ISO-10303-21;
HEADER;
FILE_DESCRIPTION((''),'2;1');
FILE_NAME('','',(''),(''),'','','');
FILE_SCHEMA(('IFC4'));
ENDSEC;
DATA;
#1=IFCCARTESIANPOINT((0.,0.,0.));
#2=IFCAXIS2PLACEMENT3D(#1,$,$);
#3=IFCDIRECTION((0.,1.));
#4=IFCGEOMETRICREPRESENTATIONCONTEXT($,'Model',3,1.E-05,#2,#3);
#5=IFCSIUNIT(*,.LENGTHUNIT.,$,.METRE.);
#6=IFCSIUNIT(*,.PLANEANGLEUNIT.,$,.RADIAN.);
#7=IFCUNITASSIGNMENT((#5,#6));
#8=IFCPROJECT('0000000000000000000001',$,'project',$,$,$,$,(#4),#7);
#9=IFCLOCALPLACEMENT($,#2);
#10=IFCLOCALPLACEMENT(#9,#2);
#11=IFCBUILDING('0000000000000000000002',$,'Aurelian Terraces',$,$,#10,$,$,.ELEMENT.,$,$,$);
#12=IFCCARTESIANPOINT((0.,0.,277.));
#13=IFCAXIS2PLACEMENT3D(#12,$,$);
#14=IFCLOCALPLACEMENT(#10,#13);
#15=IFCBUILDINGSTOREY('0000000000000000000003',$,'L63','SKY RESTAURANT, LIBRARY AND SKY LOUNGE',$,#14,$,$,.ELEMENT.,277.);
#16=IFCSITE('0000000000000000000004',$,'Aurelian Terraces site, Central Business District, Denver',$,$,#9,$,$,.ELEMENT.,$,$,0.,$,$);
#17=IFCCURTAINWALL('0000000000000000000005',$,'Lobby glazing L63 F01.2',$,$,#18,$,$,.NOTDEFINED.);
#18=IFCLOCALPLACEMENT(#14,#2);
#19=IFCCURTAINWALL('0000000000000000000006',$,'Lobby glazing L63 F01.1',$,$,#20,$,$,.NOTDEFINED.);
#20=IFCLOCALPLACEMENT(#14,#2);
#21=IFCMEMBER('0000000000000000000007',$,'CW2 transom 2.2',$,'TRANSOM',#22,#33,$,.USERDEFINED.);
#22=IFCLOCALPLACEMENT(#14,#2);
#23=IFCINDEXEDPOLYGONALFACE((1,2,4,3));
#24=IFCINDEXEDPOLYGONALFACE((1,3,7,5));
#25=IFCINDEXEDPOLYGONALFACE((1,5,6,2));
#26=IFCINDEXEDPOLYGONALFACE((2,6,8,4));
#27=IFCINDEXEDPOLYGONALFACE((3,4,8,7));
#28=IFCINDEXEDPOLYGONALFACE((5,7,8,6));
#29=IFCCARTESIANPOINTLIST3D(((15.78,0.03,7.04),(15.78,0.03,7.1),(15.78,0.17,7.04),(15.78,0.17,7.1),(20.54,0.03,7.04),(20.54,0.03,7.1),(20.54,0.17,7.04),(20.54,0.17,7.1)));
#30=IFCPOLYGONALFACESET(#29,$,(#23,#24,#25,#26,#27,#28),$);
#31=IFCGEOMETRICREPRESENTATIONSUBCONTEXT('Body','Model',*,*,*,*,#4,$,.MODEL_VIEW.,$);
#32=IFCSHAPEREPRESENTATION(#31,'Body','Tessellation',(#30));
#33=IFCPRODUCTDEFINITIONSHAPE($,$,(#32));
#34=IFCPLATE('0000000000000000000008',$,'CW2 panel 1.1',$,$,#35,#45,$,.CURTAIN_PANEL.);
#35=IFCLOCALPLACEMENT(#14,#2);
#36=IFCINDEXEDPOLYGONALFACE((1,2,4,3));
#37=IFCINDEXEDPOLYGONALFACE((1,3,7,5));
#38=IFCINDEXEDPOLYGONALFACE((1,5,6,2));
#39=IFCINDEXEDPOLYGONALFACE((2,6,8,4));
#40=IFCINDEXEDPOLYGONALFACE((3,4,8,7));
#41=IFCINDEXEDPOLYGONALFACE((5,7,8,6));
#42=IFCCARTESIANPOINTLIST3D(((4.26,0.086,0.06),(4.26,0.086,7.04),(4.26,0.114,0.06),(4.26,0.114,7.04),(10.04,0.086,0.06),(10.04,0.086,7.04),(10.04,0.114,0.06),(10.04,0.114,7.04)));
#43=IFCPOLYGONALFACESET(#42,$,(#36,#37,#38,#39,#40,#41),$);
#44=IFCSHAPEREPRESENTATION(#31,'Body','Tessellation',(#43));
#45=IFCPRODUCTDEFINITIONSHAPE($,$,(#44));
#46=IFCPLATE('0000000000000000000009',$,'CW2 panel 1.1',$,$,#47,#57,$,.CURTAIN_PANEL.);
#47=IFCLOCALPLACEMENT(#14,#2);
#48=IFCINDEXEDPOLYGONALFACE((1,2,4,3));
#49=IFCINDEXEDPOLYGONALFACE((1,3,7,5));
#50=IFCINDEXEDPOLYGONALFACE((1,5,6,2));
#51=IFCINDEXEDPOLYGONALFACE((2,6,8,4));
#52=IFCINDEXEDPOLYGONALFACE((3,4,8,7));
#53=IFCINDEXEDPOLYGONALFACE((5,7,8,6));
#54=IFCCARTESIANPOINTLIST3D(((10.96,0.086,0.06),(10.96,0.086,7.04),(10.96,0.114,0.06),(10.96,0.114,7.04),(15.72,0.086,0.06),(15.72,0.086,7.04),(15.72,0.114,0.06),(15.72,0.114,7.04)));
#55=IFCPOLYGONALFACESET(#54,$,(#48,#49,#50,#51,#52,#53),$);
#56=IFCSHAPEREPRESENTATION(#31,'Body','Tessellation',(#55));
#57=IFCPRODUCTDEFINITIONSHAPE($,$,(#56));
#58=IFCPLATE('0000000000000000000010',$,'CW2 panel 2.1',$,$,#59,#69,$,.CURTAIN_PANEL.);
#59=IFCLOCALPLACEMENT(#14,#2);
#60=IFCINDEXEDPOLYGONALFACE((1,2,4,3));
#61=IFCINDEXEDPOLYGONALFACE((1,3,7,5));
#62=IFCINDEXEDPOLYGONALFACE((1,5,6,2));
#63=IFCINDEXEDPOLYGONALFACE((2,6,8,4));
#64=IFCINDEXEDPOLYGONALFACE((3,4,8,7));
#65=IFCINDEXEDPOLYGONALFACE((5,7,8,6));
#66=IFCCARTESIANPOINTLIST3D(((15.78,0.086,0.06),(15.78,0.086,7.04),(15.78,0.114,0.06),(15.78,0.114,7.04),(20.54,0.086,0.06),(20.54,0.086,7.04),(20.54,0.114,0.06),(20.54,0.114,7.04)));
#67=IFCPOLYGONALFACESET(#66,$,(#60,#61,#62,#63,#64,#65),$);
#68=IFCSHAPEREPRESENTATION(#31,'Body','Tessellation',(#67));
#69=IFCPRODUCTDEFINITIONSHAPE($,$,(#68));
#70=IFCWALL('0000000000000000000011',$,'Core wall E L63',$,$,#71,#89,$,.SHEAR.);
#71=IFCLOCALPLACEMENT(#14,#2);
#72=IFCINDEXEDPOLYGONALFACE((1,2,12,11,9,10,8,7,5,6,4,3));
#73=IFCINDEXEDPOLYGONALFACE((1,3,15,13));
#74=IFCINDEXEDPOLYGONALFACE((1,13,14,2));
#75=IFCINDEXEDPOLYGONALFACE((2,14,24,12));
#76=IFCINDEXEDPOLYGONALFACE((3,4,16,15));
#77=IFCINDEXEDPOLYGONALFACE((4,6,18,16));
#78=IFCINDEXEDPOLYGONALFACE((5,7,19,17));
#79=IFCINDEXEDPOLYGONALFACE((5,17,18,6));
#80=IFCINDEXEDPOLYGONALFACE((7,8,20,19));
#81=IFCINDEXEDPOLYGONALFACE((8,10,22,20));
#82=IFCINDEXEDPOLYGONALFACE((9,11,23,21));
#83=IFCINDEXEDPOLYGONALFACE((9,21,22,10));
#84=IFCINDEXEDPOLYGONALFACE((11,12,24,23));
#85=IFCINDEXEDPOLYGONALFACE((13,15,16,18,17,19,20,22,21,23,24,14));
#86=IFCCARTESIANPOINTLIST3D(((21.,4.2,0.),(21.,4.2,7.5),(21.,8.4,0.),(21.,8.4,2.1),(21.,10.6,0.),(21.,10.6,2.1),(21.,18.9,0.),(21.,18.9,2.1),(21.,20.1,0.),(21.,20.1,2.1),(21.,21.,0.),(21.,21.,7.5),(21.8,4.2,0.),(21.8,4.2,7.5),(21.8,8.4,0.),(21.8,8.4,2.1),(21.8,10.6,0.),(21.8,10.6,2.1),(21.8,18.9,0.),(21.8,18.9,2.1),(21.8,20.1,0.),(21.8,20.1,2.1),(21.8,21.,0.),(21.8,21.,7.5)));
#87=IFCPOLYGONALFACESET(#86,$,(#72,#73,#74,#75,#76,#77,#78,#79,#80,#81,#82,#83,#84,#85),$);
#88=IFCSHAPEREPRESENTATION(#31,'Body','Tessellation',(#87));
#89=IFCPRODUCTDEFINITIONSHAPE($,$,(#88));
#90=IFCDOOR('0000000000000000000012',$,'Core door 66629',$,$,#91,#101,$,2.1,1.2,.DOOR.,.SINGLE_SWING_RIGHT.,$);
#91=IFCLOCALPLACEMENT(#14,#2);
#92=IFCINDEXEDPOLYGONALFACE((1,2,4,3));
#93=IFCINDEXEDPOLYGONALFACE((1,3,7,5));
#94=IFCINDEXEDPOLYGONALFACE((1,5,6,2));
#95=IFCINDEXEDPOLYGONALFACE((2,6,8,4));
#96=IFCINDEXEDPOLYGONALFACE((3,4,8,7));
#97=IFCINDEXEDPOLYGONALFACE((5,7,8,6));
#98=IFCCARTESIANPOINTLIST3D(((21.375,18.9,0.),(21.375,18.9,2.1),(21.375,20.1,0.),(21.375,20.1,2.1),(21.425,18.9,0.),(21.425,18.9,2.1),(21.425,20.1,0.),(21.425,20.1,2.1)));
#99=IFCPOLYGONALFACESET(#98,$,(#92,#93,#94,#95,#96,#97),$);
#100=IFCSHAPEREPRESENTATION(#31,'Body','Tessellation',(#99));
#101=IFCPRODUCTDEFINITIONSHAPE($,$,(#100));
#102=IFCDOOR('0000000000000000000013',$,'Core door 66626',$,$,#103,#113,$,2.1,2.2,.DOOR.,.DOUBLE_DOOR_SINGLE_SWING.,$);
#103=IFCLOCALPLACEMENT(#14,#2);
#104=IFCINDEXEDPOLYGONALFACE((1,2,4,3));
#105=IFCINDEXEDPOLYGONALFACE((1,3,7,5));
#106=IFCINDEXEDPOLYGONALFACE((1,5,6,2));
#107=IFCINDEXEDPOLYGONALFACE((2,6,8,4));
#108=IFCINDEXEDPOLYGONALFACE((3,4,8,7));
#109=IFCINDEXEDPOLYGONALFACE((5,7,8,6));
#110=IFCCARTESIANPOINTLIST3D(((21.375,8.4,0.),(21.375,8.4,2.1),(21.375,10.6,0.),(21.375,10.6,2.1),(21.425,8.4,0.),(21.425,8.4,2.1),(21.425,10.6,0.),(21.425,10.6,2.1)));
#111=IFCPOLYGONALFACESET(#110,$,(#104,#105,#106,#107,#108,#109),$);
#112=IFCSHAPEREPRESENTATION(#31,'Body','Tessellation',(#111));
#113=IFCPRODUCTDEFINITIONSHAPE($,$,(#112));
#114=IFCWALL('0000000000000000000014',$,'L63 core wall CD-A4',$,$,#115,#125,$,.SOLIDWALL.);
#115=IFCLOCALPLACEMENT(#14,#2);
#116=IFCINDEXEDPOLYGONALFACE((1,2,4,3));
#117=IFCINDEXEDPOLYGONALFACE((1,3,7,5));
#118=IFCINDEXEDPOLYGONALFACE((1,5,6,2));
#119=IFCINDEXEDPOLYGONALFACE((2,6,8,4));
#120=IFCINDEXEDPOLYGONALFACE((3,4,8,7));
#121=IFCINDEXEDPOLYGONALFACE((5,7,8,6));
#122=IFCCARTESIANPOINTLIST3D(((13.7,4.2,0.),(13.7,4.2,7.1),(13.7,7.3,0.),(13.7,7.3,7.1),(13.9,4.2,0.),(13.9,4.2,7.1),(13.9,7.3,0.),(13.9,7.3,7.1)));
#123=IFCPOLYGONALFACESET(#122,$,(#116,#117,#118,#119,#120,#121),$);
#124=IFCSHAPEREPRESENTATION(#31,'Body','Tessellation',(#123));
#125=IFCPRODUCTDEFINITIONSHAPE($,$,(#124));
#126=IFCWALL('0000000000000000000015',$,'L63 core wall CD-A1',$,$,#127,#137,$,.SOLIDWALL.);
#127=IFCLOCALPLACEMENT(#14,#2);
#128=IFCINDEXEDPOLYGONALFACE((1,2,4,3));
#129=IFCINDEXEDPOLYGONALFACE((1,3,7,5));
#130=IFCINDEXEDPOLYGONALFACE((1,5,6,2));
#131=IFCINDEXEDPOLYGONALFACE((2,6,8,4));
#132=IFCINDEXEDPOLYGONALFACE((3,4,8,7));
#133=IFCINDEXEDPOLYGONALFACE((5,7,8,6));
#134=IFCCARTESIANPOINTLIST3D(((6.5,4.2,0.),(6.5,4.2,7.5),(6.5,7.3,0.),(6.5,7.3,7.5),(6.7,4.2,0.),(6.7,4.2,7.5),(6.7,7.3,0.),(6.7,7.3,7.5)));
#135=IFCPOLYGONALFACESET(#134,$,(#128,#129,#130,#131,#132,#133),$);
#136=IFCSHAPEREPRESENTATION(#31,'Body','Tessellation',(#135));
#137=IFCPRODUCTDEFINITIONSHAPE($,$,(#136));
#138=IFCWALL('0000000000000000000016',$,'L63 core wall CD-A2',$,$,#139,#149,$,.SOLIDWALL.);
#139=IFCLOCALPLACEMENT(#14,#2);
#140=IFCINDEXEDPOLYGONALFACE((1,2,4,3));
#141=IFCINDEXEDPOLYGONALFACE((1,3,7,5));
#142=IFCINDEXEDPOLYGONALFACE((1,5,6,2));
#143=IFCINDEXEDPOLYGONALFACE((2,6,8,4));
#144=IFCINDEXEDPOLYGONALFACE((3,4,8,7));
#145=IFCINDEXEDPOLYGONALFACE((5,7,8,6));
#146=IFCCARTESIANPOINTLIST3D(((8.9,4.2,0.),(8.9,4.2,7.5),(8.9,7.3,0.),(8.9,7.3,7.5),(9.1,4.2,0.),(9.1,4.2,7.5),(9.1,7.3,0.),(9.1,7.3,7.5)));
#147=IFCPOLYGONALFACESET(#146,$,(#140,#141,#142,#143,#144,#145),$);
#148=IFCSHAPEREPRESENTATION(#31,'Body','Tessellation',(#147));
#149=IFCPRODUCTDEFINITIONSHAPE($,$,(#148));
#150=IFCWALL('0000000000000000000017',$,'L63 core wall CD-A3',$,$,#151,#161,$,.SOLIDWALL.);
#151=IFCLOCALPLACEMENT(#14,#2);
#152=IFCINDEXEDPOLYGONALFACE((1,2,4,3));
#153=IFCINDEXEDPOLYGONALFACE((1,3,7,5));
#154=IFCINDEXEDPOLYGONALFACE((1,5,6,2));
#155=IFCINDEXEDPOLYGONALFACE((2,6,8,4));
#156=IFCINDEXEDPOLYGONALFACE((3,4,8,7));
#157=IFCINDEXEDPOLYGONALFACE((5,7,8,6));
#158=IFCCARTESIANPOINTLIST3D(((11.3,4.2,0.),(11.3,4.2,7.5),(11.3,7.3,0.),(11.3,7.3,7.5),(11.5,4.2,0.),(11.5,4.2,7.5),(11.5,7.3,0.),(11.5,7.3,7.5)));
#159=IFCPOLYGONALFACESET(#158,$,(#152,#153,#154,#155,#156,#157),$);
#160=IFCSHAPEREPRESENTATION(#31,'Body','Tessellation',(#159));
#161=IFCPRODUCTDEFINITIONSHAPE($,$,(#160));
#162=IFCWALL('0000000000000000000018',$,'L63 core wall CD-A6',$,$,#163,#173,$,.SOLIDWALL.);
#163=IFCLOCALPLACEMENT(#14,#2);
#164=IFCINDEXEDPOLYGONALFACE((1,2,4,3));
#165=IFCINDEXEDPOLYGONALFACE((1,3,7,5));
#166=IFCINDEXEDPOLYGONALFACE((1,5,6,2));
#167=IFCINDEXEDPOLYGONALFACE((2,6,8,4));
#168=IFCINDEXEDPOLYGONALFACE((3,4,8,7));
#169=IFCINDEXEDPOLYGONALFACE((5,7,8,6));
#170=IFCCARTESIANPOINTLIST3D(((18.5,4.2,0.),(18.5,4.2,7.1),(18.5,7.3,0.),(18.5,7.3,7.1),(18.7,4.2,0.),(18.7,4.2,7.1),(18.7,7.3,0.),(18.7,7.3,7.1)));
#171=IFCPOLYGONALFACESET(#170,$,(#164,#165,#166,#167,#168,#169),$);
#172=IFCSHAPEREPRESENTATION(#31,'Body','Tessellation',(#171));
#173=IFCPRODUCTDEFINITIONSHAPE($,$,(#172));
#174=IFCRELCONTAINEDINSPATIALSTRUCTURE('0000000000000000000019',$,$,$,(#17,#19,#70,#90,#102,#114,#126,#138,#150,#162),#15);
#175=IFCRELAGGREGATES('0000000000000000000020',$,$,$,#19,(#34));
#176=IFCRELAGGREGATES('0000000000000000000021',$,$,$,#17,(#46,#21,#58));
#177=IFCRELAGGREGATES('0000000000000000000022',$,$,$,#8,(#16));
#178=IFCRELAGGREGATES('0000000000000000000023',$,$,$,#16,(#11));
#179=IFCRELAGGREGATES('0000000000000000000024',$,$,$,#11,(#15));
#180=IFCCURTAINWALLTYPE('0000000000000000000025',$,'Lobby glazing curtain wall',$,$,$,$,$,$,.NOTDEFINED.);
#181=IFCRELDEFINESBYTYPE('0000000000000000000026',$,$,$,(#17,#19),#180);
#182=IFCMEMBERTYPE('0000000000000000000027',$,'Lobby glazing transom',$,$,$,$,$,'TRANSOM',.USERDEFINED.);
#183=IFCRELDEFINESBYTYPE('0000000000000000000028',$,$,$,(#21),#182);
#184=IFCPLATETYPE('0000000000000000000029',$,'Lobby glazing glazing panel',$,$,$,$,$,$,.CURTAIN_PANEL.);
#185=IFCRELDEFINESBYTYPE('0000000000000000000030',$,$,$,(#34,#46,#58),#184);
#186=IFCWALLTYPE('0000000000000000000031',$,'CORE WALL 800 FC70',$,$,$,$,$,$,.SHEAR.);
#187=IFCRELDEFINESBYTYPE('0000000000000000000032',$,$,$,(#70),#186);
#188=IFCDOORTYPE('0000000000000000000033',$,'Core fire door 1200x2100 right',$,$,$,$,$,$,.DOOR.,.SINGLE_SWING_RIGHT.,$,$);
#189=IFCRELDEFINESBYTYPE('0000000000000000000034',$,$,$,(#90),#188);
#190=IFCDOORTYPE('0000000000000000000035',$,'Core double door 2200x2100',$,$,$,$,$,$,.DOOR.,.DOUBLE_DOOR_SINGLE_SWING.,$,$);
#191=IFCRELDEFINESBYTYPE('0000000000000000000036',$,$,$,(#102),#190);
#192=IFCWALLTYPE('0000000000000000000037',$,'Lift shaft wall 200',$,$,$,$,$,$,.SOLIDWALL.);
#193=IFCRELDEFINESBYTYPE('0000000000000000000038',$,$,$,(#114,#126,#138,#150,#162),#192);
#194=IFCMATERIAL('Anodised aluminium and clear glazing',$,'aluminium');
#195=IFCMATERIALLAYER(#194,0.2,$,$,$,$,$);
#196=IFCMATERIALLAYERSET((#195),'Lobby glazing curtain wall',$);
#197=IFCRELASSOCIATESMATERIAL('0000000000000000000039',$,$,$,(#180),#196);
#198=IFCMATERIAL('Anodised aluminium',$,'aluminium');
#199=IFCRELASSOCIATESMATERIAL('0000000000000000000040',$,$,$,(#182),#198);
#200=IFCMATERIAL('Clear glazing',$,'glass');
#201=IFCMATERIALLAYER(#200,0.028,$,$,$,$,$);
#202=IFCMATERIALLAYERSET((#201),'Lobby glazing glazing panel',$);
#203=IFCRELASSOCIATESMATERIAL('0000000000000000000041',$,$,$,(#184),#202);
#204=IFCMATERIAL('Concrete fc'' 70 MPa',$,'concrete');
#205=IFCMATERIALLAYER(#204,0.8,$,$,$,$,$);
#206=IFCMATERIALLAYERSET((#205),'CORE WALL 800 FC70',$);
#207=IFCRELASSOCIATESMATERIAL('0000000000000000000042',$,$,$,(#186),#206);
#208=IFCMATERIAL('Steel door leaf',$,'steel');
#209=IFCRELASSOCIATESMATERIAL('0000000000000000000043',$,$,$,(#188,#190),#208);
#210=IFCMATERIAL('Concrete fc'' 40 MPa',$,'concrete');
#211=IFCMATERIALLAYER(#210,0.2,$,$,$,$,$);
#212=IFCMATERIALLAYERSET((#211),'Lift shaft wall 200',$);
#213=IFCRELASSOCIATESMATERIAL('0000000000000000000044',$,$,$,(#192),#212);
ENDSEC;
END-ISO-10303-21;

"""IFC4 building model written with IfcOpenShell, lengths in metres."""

from ifc_helpers import new_model, si_unit, direction, frame, frame_2d, origin, origin_2d, place, context, subcontext, project, spatial, rectangle, extrude, source, transform, mapped, material, layer, layer_set, material_profile, profile_set, type_object, element, fill, aggregate, save


model = new_model("IFC4")

# Units and contexts
model_context = context("Model", 3, precision=1e-05, world=origin(), true_north=direction((0.0, 1.0)))
body_context = subcontext(model_context, "Body", "Model", "MODEL_VIEW")
ifc_project = project(units=[si_unit("LENGTHUNIT", "METRE"), si_unit("PLANEANGLEUNIT", "RADIAN")], contexts=[model_context])

# Site, building, storey
site_placement = place(None, origin())
site = spatial("IfcSite", under=ifc_project, at=site_placement, Name="Aurelian Terraces site, Central Business District, Denver", CompositionType="ELEMENT", RefElevation=0.0)
building_placement = place(site_placement, origin())
building = spatial("IfcBuilding", under=site, at=building_placement, Name="Aurelian Terraces", CompositionType="ELEMENT")
storey_placement = place(building_placement, frame((0.0, 0.0, 277.0)))
storey = spatial("IfcBuildingStorey", under=building, at=storey_placement, Name="L63", Description="SKY RESTAURANT, LIBRARY AND SKY LOUNGE", CompositionType="ELEMENT", Elevation=277.0)

# Shared definitions
ifc_material_1 = material(Name="Concrete fc' 70 MPa", Category="concrete")

# Curtain wall
ifc_material_2 = material(Name="Anodised aluminium and clear glazing", Category="aluminium")
ifc_layer_1 = layer(ifc_material_2, 0.2)
ifc_layer_set_1 = layer_set([ifc_layer_1], Name="Lobby glazing curtain wall")
curtain_wall_type = type_object("IfcCurtainWallType", Name="Lobby glazing curtain wall", PredefinedType="NOTDEFINED", material=ifc_layer_set_1)
curtain_wall_1_placement = place(storey_placement, origin())
curtain_wall_1 = element("IfcCurtainWall", 1, at=curtain_wall_1_placement, inside=storey, type_object=curtain_wall_type, Name="Lobby glazing L63 F01.2", PredefinedType="NOTDEFINED")
ifc_material_3 = material(Name="Anodised aluminium", Category="aluminium")
ifc_material_profile_1 = material_profile(ifc_material_3, rectangle(XDim=0.14, YDim=0.06, at=origin_2d()))
ifc_profile_set_1 = profile_set([ifc_material_profile_1], Name="Anodised aluminium")
member_type_1 = type_object("IfcMemberType", Name="Lobby glazing transom", ElementType="TRANSOM", PredefinedType="USERDEFINED", material=ifc_profile_set_1)

# Shared definitions
ifc_material_4 = material(Name="Concrete fc' 40 MPa", Category="concrete")

# Curtain wall
curtain_wall_2_placement = place(storey_placement, origin())
curtain_wall_2 = element("IfcCurtainWall", 2, at=curtain_wall_2_placement, inside=storey, type_object=curtain_wall_type, Name="Lobby glazing L63 F01.1", PredefinedType="NOTDEFINED")

# Member
shared_shape_1 = source(origin(), body_context, "Body", "SweptSolid", [
    extrude(rectangle(XDim=0.14, YDim=0.06, at=origin_2d()), origin(), (0.0, 0.0, 1.0), 4.76),
])
member_1_placement = place(storey_placement, frame((15.78, 0.1, 7.07), z_axis=(1.0, 0.0, 0.0), x_axis=(0.0, 1.0, 0.0)))
member_1 = element("IfcMember", 3, at=member_1_placement, type_object=member_type_1, Name="CW2 transom 2.2", ObjectType="TRANSOM", PredefinedType="USERDEFINED", context=body_context, shape_type="MappedRepresentation", body=[
    mapped(shared_shape_1, transform((0.0, 0.0, 0.0), scale=1.0)),
])

# Plates
ifc_material_5 = material(Name="Clear glazing", Category="glass")
ifc_layer_2 = layer(ifc_material_5, 0.028)
ifc_layer_set_2 = layer_set([ifc_layer_2], Name="Lobby glazing glazing panel")
plate_type = type_object("IfcPlateType", Name="Lobby glazing glazing panel", PredefinedType="CURTAIN_PANEL", material=ifc_layer_set_2)
plate_1_placement = place(storey_placement, frame((7.15, 0.1, 0.06), z_axis=(0.0, 0.0, 1.0), x_axis=(1.0, 0.0, 0.0)))
plate_1 = element("IfcPlate", 4, at=plate_1_placement, type_object=plate_type, Name="CW2 panel 1.1", PredefinedType="CURTAIN_PANEL", context=body_context, shape_type="SweptSolid", body=[
    extrude(rectangle(XDim=5.78, YDim=0.028, at=origin_2d()), origin(), (0.0, 0.0, 1.0), 6.98),
])
aggregate(curtain_wall_2, [plate_1])
plate_2_placement = place(storey_placement, frame((13.34, 0.1, 0.06), z_axis=(0.0, 0.0, 1.0), x_axis=(1.0, 0.0, 0.0)))
plate_2 = element("IfcPlate", 5, at=plate_2_placement, type_object=plate_type, Name="CW2 panel 1.1", PredefinedType="CURTAIN_PANEL", context=body_context, shape_type="SweptSolid", body=[
    extrude(rectangle(XDim=4.76, YDim=0.028, at=origin_2d()), origin(), (0.0, 0.0, 1.0), 6.98),
])
shared_shape_2 = source(origin(), body_context, "Body", "SweptSolid", [
    extrude(rectangle(XDim=4.76, YDim=0.028, at=origin_2d()), origin(), (0.0, 0.0, 1.0), 6.98),
])
plate_3_placement = place(storey_placement, frame((18.16, 0.1, 0.06), z_axis=(0.0, 0.0, 1.0), x_axis=(1.0, 0.0, 0.0)))
plate_3 = element("IfcPlate", 6, at=plate_3_placement, type_object=plate_type, Name="CW2 panel 2.1", PredefinedType="CURTAIN_PANEL", context=body_context, shape_type="MappedRepresentation", body=[
    mapped(shared_shape_2, transform((0.0, 0.0, 0.0), scale=1.0)),
])
aggregate(curtain_wall_1, [plate_2, member_1, plate_3])

# Wall, openings, doors
ifc_layer_3 = layer(ifc_material_1, 0.8)
ifc_layer_set_3 = layer_set([ifc_layer_3], Name="CORE WALL 800 FC70")
wall_type_1 = type_object("IfcWallType", Name="CORE WALL 800 FC70", PredefinedType="SHEAR", material=ifc_layer_set_3)
wall_1_placement = place(storey_placement, frame((21.4, 4.2, 0.0), z_axis=(0.0, 0.0, 1.0), x_axis=(0.0, 1.0, 0.0)))
wall_1 = element("IfcWall", 7, at=wall_1_placement, inside=storey, type_object=wall_type_1, Name="Core wall E L63", PredefinedType="SHEAR", context=body_context, shape_type="SweptSolid", body=[
    extrude(rectangle(XDim=16.8, YDim=0.8, at=frame_2d((8.4, 0.0))), origin(), (0.0, 0.0, 1.0), 7.5),
])
shared_shape_3 = source(origin(), body_context, "Body", "SweptSolid", [
    extrude(rectangle(XDim=2.2, YDim=2.1, at=frame_2d((1.1, 1.05))), frame((0.0, 0.41, 0.0), z_axis=(0.0, -1.0, 0.0), x_axis=(1.0, 0.0, 0.0)), (0.0, 0.0, 1.0), 0.82),
])
opening_1_placement = place(wall_1_placement, frame((4.2, 0.0, 0.0)))
opening_1 = element("IfcOpeningElement", 8, at=opening_1_placement, cuts=wall_1, PredefinedType="OPENING", context=body_context, shape_type="MappedRepresentation", body=[
    mapped(shared_shape_3, transform((0.0, 0.0, 0.0), scale=1.0)),
])
shared_shape_4 = source(origin(), body_context, "Body", "SweptSolid", [
    extrude(rectangle(XDim=1.2, YDim=2.1, at=frame_2d((0.6, 1.05))), frame((0.0, 0.41, 0.0), z_axis=(0.0, -1.0, 0.0), x_axis=(1.0, 0.0, 0.0)), (0.0, 0.0, 1.0), 0.82),
])
opening_2_placement = place(wall_1_placement, frame((14.7, 0.0, 0.0)))
opening_2 = element("IfcOpeningElement", 9, at=opening_2_placement, cuts=wall_1, PredefinedType="OPENING", context=body_context, shape_type="MappedRepresentation", body=[
    mapped(shared_shape_4, transform((0.0, 0.0, 0.0), scale=1.0)),
])
ifc_material_6 = material(Name="Steel door leaf", Category="steel")
door_type_1 = type_object("IfcDoorType", Name="Core fire door 1200x2100 right", OperationType="SINGLE_SWING_RIGHT", PredefinedType="DOOR", material=ifc_material_6)
shared_shape_5 = source(origin(), body_context, "Body", "SweptSolid", [
    extrude(rectangle(XDim=1.2, YDim=2.1, at=frame_2d((0.6, 1.05))), frame((0.0, 0.025, 0.0), z_axis=(0.0, -1.0, 0.0), x_axis=(1.0, 0.0, 0.0)), (0.0, 0.0, 1.0), 0.05),
])
door_1_placement = place(opening_2_placement, origin())
door_1 = element("IfcDoor", 10, at=door_1_placement, inside=storey, type_object=door_type_1, Name="Core door 66629", OperationType="SINGLE_SWING_RIGHT", OverallHeight=2.1, OverallWidth=1.2, PredefinedType="DOOR", context=body_context, shape_type="MappedRepresentation", body=[
    mapped(shared_shape_5, transform((0.0, 0.0, 0.0), scale=1.0)),
])
fill(opening_2, door_1)
door_type_2 = type_object("IfcDoorType", Name="Core double door 2200x2100", OperationType="DOUBLE_DOOR_SINGLE_SWING", PredefinedType="DOOR", material=ifc_material_6)
shared_shape_6 = source(origin(), body_context, "Body", "SweptSolid", [
    extrude(rectangle(XDim=2.2, YDim=2.1, at=frame_2d((1.1, 1.05))), frame((0.0, 0.025, 0.0), z_axis=(0.0, -1.0, 0.0), x_axis=(1.0, 0.0, 0.0)), (0.0, 0.0, 1.0), 0.05),
])
door_2_placement = place(opening_1_placement, origin())
door_2 = element("IfcDoor", 11, at=door_2_placement, inside=storey, type_object=door_type_2, Name="Core door 66626", OperationType="DOUBLE_DOOR_SINGLE_SWING", OverallHeight=2.1, OverallWidth=2.2, PredefinedType="DOOR", context=body_context, shape_type="MappedRepresentation", body=[
    mapped(shared_shape_6, transform((0.0, 0.0, 0.0), scale=1.0)),
])
fill(opening_1, door_2)

# Walls
ifc_layer_4 = layer(ifc_material_4, 0.2)
ifc_layer_set_4 = layer_set([ifc_layer_4], Name="Lift shaft wall 200")
wall_type_2 = type_object("IfcWallType", Name="Lift shaft wall 200", PredefinedType="SOLIDWALL", material=ifc_layer_set_4)
wall_2_placement = place(storey_placement, frame((13.8, 4.2, 0.0), z_axis=(0.0, 0.0, 1.0), x_axis=(0.0, 1.0, 0.0)))
element("IfcWall", 12, at=wall_2_placement, inside=storey, type_object=wall_type_2, Name="L63 core wall CD-A4", PredefinedType="SOLIDWALL", context=body_context, shape_type="SweptSolid", body=[
    extrude(rectangle(XDim=3.1, YDim=0.2, at=frame_2d((1.55, 0.0))), origin(), (0.0, 0.0, 1.0), 7.1),
])
shared_shape_7 = source(origin(), body_context, "Body", "SweptSolid", [
    extrude(rectangle(XDim=3.1, YDim=0.2, at=frame_2d((1.55, 0.0))), origin(), (0.0, 0.0, 1.0), 7.5),
])
for number, where, z_axis, x_axis, name in (
    (13, (6.6, 4.2, 0.0), (0.0, 0.0, 1.0), (0.0, 1.0, 0.0), "L63 core wall CD-A1"),
    (14, (9.0, 4.2, 0.0), (0.0, 0.0, 1.0), (0.0, 1.0, 0.0), "L63 core wall CD-A2"),
    (15, (11.4, 4.2, 0.0), (0.0, 0.0, 1.0), (0.0, 1.0, 0.0), "L63 core wall CD-A3"),
):
    element("IfcWall", number, at=place(storey_placement, frame(where, z_axis=z_axis, x_axis=x_axis)), inside=storey, type_object=wall_type_2, Name=name, PredefinedType="SOLIDWALL", context=body_context, shape_type="MappedRepresentation", body=[
        mapped(shared_shape_7, transform((0.0, 0.0, 0.0), scale=1.0)),
    ])
shared_shape_8 = source(origin(), body_context, "Body", "SweptSolid", [
    extrude(rectangle(XDim=3.1, YDim=0.2, at=frame_2d((1.55, 0.0))), origin(), (0.0, 0.0, 1.0), 7.1),
])
wall_3_placement = place(storey_placement, frame((18.6, 4.2, 0.0), z_axis=(0.0, 0.0, 1.0), x_axis=(0.0, 1.0, 0.0)))
element("IfcWall", 16, at=wall_3_placement, inside=storey, type_object=wall_type_2, Name="L63 core wall CD-A6", PredefinedType="SOLIDWALL", context=body_context, shape_type="MappedRepresentation", body=[
    mapped(shared_shape_8, transform((0.0, 0.0, 0.0), scale=1.0)),
])

save(model, "model.ifc")
